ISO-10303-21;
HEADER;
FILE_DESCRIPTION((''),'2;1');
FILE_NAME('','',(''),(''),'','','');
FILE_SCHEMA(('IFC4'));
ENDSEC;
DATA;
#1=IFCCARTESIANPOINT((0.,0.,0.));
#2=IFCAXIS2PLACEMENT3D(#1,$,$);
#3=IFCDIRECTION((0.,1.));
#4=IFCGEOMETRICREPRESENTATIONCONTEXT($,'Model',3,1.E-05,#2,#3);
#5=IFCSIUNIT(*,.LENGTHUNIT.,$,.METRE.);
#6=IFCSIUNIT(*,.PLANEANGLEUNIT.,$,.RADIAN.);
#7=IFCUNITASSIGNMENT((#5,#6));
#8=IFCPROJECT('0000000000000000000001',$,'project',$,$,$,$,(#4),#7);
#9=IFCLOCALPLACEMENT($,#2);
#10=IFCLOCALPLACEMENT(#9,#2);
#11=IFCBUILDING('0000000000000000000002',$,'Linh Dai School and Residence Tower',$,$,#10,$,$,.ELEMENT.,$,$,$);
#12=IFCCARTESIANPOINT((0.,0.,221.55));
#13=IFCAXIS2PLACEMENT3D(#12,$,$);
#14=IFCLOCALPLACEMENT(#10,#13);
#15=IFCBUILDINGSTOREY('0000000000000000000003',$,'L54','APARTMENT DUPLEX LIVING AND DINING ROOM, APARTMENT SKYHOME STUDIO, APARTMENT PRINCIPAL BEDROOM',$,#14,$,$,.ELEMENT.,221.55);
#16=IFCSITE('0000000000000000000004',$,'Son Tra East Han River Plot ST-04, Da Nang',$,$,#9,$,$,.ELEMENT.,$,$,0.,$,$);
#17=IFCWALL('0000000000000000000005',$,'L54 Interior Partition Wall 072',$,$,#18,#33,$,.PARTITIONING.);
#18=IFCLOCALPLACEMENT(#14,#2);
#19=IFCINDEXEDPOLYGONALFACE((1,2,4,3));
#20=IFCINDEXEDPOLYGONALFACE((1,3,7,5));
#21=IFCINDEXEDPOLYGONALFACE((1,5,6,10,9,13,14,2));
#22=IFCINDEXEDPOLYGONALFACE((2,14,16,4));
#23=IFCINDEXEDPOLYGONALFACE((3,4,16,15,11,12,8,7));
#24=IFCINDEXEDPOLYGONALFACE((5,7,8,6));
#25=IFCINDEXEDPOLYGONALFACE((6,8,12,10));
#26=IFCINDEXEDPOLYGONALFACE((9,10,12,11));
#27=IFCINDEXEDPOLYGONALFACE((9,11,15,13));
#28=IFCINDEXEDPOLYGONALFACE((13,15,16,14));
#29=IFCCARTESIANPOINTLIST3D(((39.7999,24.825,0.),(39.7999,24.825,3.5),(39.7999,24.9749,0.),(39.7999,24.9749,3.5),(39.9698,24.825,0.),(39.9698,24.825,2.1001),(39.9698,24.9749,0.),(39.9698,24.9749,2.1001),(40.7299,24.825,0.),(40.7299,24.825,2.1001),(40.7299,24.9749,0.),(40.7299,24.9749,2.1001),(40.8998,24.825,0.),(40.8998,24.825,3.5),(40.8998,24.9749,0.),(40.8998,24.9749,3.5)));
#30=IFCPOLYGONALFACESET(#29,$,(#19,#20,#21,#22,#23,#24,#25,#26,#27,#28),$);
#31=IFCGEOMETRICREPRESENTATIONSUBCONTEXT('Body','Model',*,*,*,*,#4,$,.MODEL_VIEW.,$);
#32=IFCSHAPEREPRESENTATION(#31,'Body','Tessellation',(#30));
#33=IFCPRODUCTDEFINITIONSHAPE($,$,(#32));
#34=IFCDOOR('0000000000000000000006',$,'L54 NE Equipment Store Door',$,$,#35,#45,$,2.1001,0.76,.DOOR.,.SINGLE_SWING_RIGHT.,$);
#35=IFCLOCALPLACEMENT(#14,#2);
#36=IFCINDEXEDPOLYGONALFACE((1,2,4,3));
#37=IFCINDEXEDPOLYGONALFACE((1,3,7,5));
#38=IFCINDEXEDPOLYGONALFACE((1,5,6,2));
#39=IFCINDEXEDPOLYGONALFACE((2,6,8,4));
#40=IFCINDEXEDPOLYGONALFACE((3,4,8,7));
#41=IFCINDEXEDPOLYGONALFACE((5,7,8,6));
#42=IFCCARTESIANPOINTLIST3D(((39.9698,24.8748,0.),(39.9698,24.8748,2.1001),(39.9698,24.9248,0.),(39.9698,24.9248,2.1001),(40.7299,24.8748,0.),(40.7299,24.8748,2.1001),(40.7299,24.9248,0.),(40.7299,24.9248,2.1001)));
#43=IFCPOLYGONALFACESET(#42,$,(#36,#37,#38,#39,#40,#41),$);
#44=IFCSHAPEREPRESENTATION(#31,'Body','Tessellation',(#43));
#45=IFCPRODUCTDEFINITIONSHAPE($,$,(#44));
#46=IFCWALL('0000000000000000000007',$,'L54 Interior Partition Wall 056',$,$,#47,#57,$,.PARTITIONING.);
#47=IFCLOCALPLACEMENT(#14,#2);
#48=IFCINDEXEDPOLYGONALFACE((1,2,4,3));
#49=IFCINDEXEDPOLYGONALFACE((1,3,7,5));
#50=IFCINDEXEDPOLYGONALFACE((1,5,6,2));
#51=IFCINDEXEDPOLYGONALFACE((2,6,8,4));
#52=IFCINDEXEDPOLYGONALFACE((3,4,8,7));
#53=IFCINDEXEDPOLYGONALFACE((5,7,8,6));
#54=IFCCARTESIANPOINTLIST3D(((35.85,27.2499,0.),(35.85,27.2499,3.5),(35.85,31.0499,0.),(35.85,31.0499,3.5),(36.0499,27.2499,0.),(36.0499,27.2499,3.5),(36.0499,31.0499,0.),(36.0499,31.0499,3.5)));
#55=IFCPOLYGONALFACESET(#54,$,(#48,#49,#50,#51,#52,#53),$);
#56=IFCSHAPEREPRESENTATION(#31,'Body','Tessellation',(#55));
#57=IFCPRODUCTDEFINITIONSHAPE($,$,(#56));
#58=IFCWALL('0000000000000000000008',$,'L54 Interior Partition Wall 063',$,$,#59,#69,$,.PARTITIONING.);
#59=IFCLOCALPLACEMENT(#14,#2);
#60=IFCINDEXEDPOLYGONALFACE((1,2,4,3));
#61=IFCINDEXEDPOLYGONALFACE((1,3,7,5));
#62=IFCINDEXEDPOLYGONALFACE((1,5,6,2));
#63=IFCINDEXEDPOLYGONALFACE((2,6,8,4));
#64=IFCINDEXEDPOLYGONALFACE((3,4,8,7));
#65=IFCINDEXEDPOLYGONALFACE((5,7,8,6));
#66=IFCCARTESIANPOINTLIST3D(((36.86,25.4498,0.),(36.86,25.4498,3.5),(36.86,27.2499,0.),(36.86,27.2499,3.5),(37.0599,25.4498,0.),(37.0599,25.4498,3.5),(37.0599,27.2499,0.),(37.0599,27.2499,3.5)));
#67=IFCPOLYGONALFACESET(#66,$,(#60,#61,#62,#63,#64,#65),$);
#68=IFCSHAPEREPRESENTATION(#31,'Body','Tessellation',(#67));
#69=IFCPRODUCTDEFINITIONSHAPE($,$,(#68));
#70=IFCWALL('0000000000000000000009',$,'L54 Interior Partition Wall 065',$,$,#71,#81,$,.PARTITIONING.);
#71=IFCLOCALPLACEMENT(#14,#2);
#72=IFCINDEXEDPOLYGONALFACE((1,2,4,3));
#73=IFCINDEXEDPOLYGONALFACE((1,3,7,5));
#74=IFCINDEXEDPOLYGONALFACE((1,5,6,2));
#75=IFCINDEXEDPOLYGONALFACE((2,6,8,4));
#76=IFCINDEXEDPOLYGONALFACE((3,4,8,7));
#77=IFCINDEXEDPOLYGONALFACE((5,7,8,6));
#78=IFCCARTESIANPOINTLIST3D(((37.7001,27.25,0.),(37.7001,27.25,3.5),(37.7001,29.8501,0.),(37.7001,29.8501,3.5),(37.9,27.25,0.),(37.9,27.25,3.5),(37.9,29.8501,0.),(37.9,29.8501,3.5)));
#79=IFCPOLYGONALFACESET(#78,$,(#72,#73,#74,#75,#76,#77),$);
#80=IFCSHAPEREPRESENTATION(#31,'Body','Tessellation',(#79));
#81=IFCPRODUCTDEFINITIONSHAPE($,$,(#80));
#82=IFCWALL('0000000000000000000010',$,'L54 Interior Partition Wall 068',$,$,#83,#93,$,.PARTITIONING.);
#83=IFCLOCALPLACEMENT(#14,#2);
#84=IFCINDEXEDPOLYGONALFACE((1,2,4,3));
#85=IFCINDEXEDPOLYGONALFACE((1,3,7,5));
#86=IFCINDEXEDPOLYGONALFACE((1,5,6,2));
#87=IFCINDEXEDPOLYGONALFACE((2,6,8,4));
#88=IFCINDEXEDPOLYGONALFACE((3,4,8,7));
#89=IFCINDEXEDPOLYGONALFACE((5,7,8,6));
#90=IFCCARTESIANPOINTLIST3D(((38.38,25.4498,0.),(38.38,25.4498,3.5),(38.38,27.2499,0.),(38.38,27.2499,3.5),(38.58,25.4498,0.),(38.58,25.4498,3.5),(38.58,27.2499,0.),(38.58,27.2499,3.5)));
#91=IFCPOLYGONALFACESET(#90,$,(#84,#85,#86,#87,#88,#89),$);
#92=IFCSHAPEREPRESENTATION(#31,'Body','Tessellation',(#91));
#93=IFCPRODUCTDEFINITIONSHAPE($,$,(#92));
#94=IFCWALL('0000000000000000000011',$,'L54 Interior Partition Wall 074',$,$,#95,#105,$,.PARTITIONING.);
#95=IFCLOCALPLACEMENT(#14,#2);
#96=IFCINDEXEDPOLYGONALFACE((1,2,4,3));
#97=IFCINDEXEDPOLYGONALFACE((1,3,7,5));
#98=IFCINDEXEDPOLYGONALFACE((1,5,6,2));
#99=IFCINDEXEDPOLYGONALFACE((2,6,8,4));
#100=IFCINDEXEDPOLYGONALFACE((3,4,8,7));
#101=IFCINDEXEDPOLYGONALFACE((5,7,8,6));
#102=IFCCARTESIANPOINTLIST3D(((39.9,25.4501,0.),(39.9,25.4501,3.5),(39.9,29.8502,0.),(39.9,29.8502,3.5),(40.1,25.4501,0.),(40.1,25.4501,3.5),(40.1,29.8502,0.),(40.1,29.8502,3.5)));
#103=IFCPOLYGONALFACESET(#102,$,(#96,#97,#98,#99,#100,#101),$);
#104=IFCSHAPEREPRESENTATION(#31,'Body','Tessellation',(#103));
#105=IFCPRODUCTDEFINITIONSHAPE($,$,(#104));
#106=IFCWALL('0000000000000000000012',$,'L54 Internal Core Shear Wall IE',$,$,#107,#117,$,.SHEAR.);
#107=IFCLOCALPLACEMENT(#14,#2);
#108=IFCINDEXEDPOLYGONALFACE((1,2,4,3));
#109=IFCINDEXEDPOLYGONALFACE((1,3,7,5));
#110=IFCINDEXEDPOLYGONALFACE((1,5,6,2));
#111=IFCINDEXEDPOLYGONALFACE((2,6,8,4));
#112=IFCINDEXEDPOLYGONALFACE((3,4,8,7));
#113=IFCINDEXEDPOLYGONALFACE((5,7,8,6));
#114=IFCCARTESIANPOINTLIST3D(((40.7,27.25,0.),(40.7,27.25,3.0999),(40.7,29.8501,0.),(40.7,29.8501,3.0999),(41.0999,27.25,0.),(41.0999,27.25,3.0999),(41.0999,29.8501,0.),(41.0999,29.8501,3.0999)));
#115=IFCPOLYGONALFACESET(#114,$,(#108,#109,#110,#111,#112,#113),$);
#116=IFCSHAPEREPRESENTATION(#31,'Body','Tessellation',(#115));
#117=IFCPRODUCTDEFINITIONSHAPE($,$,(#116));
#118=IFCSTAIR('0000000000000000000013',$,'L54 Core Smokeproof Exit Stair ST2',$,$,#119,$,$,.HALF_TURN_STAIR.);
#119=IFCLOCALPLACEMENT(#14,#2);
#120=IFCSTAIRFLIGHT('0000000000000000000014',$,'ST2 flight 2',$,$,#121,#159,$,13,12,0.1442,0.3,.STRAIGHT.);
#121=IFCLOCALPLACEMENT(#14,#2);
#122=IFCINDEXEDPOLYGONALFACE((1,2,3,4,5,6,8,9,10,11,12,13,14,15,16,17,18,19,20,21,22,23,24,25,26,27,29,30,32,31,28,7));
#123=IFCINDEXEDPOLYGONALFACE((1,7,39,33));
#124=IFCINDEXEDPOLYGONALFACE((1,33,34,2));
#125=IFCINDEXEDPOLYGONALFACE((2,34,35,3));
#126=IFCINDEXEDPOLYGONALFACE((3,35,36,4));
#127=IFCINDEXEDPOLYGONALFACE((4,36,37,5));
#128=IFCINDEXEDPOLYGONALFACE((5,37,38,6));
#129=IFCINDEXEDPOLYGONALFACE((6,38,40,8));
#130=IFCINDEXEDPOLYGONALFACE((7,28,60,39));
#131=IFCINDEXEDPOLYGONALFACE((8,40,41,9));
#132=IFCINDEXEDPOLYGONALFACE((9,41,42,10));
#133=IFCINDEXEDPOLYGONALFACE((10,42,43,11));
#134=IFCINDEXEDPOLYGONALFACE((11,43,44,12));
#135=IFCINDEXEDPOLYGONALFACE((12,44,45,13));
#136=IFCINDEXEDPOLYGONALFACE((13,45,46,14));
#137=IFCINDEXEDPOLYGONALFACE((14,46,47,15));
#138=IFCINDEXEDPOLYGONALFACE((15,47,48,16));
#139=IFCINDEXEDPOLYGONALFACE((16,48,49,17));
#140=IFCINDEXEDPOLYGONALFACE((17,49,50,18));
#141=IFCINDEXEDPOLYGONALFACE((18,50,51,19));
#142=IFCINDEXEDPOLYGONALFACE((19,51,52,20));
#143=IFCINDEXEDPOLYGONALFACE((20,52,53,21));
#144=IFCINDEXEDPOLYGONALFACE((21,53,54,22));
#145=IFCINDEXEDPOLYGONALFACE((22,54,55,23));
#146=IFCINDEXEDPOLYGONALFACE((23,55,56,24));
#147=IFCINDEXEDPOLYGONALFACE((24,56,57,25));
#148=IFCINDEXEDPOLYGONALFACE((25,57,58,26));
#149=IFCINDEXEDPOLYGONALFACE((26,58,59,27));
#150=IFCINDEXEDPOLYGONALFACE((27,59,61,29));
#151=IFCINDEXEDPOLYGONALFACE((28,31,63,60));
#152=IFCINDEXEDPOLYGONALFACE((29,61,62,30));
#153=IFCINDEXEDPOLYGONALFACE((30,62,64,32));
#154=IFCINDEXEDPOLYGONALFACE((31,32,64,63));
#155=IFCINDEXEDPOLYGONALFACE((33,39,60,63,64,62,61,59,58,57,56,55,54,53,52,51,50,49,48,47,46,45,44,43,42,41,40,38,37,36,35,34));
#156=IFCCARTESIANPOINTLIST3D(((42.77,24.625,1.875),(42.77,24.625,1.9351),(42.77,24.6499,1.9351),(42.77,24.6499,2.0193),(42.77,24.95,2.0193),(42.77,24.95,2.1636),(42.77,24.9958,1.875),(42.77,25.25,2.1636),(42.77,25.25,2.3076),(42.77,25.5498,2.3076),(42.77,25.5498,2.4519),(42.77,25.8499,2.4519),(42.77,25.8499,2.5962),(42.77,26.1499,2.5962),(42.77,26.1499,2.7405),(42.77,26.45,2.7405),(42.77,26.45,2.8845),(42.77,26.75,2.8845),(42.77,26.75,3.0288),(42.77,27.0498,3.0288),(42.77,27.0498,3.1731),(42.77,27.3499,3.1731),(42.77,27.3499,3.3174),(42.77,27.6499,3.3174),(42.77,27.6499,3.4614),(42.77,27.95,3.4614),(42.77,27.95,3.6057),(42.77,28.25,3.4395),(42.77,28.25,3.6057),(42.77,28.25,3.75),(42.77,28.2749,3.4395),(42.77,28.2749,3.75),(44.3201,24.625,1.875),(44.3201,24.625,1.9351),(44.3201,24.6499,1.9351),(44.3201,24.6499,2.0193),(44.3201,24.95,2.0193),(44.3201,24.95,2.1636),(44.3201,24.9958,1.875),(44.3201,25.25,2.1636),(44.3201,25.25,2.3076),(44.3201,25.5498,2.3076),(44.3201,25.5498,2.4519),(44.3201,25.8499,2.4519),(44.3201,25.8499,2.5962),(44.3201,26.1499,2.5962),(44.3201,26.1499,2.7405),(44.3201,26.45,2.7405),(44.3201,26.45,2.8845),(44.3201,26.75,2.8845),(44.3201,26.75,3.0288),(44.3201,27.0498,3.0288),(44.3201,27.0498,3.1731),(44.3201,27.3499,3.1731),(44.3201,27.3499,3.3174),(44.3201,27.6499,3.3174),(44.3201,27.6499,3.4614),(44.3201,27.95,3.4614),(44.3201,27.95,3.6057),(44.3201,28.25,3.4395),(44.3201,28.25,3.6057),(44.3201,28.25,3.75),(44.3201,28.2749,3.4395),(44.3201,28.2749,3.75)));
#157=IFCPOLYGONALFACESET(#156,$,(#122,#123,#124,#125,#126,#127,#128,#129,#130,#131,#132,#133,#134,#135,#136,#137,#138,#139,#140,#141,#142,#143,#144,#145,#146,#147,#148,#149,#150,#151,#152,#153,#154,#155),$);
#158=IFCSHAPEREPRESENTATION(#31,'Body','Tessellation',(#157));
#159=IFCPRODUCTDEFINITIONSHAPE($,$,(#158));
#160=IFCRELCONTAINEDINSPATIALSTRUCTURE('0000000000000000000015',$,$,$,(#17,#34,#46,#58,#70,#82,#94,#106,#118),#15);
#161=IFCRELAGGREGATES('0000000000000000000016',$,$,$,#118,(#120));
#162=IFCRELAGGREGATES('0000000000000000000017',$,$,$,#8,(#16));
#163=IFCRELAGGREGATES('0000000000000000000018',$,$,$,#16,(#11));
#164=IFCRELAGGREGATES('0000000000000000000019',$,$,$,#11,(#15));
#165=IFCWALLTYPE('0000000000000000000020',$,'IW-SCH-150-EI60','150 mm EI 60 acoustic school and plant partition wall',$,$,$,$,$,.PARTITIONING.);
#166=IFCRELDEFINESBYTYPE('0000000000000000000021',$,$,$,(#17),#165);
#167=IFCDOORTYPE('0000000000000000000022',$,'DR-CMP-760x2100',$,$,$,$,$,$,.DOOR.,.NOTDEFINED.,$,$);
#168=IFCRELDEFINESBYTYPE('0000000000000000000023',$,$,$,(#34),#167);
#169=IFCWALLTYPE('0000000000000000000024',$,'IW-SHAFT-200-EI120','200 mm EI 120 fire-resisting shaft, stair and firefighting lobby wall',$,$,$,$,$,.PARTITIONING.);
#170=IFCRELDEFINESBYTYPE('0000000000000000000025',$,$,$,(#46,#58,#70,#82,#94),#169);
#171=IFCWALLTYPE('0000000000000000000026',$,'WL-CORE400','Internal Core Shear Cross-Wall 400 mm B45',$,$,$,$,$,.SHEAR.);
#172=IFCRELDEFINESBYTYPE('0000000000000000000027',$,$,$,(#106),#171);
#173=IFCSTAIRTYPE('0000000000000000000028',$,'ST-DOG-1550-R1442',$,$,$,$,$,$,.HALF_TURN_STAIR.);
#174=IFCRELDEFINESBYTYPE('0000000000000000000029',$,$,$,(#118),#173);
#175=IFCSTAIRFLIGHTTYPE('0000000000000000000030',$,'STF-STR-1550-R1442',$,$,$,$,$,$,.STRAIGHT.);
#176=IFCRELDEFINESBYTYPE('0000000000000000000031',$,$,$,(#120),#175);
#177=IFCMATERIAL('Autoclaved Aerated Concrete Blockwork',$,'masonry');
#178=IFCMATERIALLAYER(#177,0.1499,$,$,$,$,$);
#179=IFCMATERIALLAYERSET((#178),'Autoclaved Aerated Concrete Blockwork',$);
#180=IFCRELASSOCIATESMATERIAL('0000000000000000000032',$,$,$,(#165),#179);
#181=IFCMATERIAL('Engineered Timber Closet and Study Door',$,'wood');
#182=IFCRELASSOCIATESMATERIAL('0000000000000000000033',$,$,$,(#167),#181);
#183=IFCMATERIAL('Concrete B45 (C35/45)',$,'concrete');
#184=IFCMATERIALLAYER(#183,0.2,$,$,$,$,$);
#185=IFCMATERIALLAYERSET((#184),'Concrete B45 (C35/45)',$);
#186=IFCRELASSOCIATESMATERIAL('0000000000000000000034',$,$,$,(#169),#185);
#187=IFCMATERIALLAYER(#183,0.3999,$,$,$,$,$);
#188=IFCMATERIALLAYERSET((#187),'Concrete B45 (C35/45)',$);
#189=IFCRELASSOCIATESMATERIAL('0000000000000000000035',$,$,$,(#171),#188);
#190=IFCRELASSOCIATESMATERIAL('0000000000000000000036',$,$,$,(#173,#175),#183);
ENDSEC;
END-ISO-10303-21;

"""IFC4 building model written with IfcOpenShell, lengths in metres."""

from ifc_helpers import new_model, si_unit, direction, frame, frame_2d, origin, origin_2d, place, context, subcontext, project, spatial, polyline, rectangle, outline, extrude, source, transform, mapped, material, layer, layer_set, type_object, element, fill, aggregate, save


model = new_model("IFC4")

# Units and contexts
model_context = context("Model", 3, precision=1e-05, world=origin(), true_north=direction((0.0, 1.0)))
body_context = subcontext(model_context, "Body", "Model", "MODEL_VIEW")
ifc_project = project(units=[si_unit("LENGTHUNIT", "METRE"), si_unit("PLANEANGLEUNIT", "RADIAN")], contexts=[model_context])

# Site, building, storey
site_placement = place(None, origin())
site = spatial("IfcSite", under=ifc_project, at=site_placement, Name="Son Tra East Han River Plot ST-04, Da Nang", CompositionType="ELEMENT", RefElevation=0.0)
building_placement = place(site_placement, origin())
building = spatial("IfcBuilding", under=site, at=building_placement, Name="Linh Dai School and Residence Tower", CompositionType="ELEMENT")
storey_placement = place(building_placement, frame((0.0, 0.0, 221.55)))
storey = spatial("IfcBuildingStorey", under=building, at=storey_placement, Name="L54", Description="APARTMENT DUPLEX LIVING AND DINING ROOM, APARTMENT SKYHOME STUDIO, APARTMENT PRINCIPAL BEDROOM", CompositionType="ELEMENT", Elevation=221.55)

# Shared definitions
ifc_material_1 = material(Name="Autoclaved Aerated Concrete Blockwork", Category="masonry")

# Wall, opening, door
ifc_layer_1 = layer(ifc_material_1, 0.1499)
ifc_layer_set_1 = layer_set([ifc_layer_1], Name="Autoclaved Aerated Concrete Blockwork")
wall_type_1 = type_object("IfcWallType", Name="IW-SCH-150-EI60", Description="150 mm EI 60 acoustic school and plant partition wall", PredefinedType="PARTITIONING", material=ifc_layer_set_1)
wall_1_placement = place(storey_placement, frame((39.8, 24.8999, 0.0), z_axis=(0.0, 0.0, 1.0), x_axis=(1.0, 0.0, 0.0)))
wall_1 = element("IfcWall", 1, at=wall_1_placement, inside=storey, type_object=wall_type_1, Name="L54 Interior Partition Wall 072", PredefinedType="PARTITIONING", context=body_context, shape_type="SweptSolid", body=[
    extrude(rectangle(XDim=1.0999, YDim=0.1499, at=frame_2d((0.5498, 0.0))), origin(), (0.0, 0.0, 1.0), 3.5),
])
opening_1_placement = place(wall_1_placement, frame((0.1699, 0.0, 0.0)))
opening_1 = element("IfcOpeningElement", 2, at=opening_1_placement, cuts=wall_1, PredefinedType="OPENING", context=body_context, shape_type="SweptSolid", body=[
    extrude(rectangle(XDim=0.76, YDim=2.1001, at=origin_2d()), frame((0.3799, 0.085, 1.05), z_axis=(0.0, -1.0, 0.0), x_axis=(1.0, 0.0, 0.0)), (0.0, 0.0, 1.0), 0.1699),
])
ifc_material_2 = material(Name="Engineered Timber Closet and Study Door", Category="wood")
door_type_1 = type_object("IfcDoorType", Name="DR-CMP-760x2100", OperationType="NOTDEFINED", PredefinedType="DOOR", material=ifc_material_2)
shared_shape_1 = source(origin(), body_context, "Body", "SweptSolid", [
    extrude(rectangle(XDim=0.76, YDim=2.1001, at=origin_2d()), frame((0.3799, 0.0249, 1.05), z_axis=(0.0, -1.0, 0.0), x_axis=(1.0, 0.0, 0.0)), (0.0, 0.0, 1.0), 0.05),
])
door_1_placement = place(opening_1_placement, origin())
door_1 = element("IfcDoor", 3, at=door_1_placement, inside=storey, type_object=door_type_1, Name="L54 NE Equipment Store Door", OperationType="SINGLE_SWING_RIGHT", OverallHeight=2.1001, OverallWidth=0.76, PredefinedType="DOOR", context=body_context, shape_type="MappedRepresentation", body=[
    mapped(shared_shape_1, transform((0.0, 0.0, 0.0), x_axis=(1.0, 0.0, 0.0), y_axis=(0.0, 1.0, 0.0), z_axis=(0.0, 0.0, 1.0), scale=1.0)),
])
fill(opening_1, door_1)

# Walls
ifc_material_3 = material(Name="Concrete B45 (C35/45)", Category="concrete")
ifc_layer_2 = layer(ifc_material_3, 0.2)
ifc_layer_set_2 = layer_set([ifc_layer_2], Name="Concrete B45 (C35/45)")
wall_type_2 = type_object("IfcWallType", Name="IW-SHAFT-200-EI120", Description="200 mm EI 120 fire-resisting shaft, stair and firefighting lobby wall", PredefinedType="PARTITIONING", material=ifc_layer_set_2)
wall_2_placement = place(storey_placement, frame((35.95, 27.25, 0.0), z_axis=(0.0, 0.0, 1.0), x_axis=(0.0, 1.0, 0.0)))
element("IfcWall", 4, at=wall_2_placement, inside=storey, type_object=wall_type_2, Name="L54 Interior Partition Wall 056", PredefinedType="PARTITIONING", context=body_context, shape_type="SweptSolid", body=[
    extrude(rectangle(XDim=3.8, YDim=0.2, at=frame_2d((1.8999, 0.0))), origin(), (0.0, 0.0, 1.0), 3.5),
])
wall_3_placement = place(storey_placement, frame((36.96, 25.45, 0.0), z_axis=(0.0, 0.0, 1.0), x_axis=(0.0, 1.0, 0.0)))
element("IfcWall", 5, at=wall_3_placement, inside=storey, type_object=wall_type_2, Name="L54 Interior Partition Wall 063", PredefinedType="PARTITIONING", context=body_context, shape_type="SweptSolid", body=[
    extrude(rectangle(XDim=1.8, YDim=0.2, at=frame_2d((0.8999, 0.0))), origin(), (0.0, 0.0, 1.0), 3.5),
])
wall_4_placement = place(storey_placement, frame((37.8, 27.25, 0.0), z_axis=(0.0, 0.0, 1.0), x_axis=(0.0, 1.0, 0.0)))
element("IfcWall", 6, at=wall_4_placement, inside=storey, type_object=wall_type_2, Name="L54 Interior Partition Wall 065", PredefinedType="PARTITIONING", context=body_context, shape_type="SweptSolid", body=[
    extrude(rectangle(XDim=2.6001, YDim=0.2, at=frame_2d((1.3, 0.0))), origin(), (0.0, 0.0, 1.0), 3.5),
])
wall_5_placement = place(storey_placement, frame((38.48, 25.45, 0.0), z_axis=(0.0, 0.0, 1.0), x_axis=(0.0, 1.0, 0.0)))
element("IfcWall", 7, at=wall_5_placement, inside=storey, type_object=wall_type_2, Name="L54 Interior Partition Wall 068", PredefinedType="PARTITIONING", context=body_context, shape_type="SweptSolid", body=[
    extrude(rectangle(XDim=1.8, YDim=0.2, at=frame_2d((0.8999, 0.0))), origin(), (0.0, 0.0, 1.0), 3.5),
])
wall_6_placement = place(storey_placement, frame((40.0, 25.45, 0.0), z_axis=(0.0, 0.0, 1.0), x_axis=(0.0, 1.0, 0.0)))
element("IfcWall", 8, at=wall_6_placement, inside=storey, type_object=wall_type_2, Name="L54 Interior Partition Wall 074", PredefinedType="PARTITIONING", context=body_context, shape_type="SweptSolid", body=[
    extrude(rectangle(XDim=4.4001, YDim=0.2, at=frame_2d((2.2002, 0.0))), origin(), (0.0, 0.0, 1.0), 3.5),
])
ifc_layer_3 = layer(ifc_material_3, 0.3999)
ifc_layer_set_3 = layer_set([ifc_layer_3], Name="Concrete B45 (C35/45)")
wall_type_3 = type_object("IfcWallType", Name="WL-CORE400", Description="Internal Core Shear Cross-Wall 400 mm B45", PredefinedType="SHEAR", material=ifc_layer_set_3)
wall_7_placement = place(storey_placement, frame((40.8999, 27.25, 0.0), z_axis=(0.0, 0.0, 1.0), x_axis=(0.0, 1.0, 0.0)))
element("IfcWall", 9, at=wall_7_placement, inside=storey, type_object=wall_type_3, Name="L54 Internal Core Shear Wall IE", PredefinedType="SHEAR", context=body_context, shape_type="SweptSolid", body=[
    extrude(rectangle(XDim=2.6001, YDim=0.3999, at=frame_2d((1.3, 0.0))), origin(), (0.0, 0.0, 1.0), 3.0999),
])

# Stair, stair flight
stair_type = type_object("IfcStairType", Name="ST-DOG-1550-R1442", PredefinedType="HALF_TURN_STAIR", material=ifc_material_3)
stair_placement = place(storey_placement, origin())
stair = element("IfcStair", 10, at=stair_placement, inside=storey, type_object=stair_type, Name="L54 Core Smokeproof Exit Stair ST2", PredefinedType="HALF_TURN_STAIR")
stair_flight_type = type_object("IfcStairFlightType", Name="STF-STR-1550-R1442", PredefinedType="STRAIGHT", material=ifc_material_3)
shared_shape_2 = source(origin(), body_context, "Body", "SweptSolid", [
    extrude(outline(polyline([(-0.0249, 0.0), (-0.0249, 0.0601), (0.0, 0.0601), (0.0, 0.1443), (0.3, 0.1443), (0.3, 0.2886), (0.6001, 0.2886), (0.6001, 0.4326), (0.8999, 0.4326), (0.8999, 0.5769), (1.2, 0.5769), (1.2, 0.7212), (1.5, 0.7212), (1.5, 0.8655), (1.8, 0.8655), (1.8, 1.0095), (2.1001, 1.0095), (2.1001, 1.1538), (2.3999, 1.1538), (2.3999, 1.2981), (2.7, 1.2981), (2.7, 1.4424), (3.0, 1.4424), (3.0, 1.5864), (3.3, 1.5864), (3.3, 1.7307), (3.6001, 1.7307), (3.6001, 1.875), (3.625, 1.875), (3.625, 1.5645), (3.6001, 1.5645), (0.3459, 0.0), (-0.0249, 0.0)])), frame((0.0, 0.7749, 0.0), z_axis=(0.0, -1.0, 0.0), x_axis=(1.0, 0.0, 0.0)), (0.0, 0.0, 1.0), 1.55),
])
stair_flight_placement = place(storey_placement, frame((43.5449, 24.6499, 1.875), z_axis=(0.0, 0.0, 1.0), x_axis=(0.0, 1.0, 0.0)))
stair_flight = element("IfcStairFlight", 11, at=stair_flight_placement, type_object=stair_flight_type, Name="ST2 flight 2", NumberOfRisers=13, NumberOfTreads=12, PredefinedType="STRAIGHT", RiserHeight=0.1442, TreadLength=0.3, context=body_context, shape_type="MappedRepresentation", body=[
    mapped(shared_shape_2, transform((0.0, 0.0, 0.0), x_axis=(1.0, 0.0, 0.0), y_axis=(0.0, 1.0, 0.0), z_axis=(0.0, 0.0, 1.0), scale=1.0)),
])
aggregate(stair, [stair_flight])

save(model, "model.ifc")
